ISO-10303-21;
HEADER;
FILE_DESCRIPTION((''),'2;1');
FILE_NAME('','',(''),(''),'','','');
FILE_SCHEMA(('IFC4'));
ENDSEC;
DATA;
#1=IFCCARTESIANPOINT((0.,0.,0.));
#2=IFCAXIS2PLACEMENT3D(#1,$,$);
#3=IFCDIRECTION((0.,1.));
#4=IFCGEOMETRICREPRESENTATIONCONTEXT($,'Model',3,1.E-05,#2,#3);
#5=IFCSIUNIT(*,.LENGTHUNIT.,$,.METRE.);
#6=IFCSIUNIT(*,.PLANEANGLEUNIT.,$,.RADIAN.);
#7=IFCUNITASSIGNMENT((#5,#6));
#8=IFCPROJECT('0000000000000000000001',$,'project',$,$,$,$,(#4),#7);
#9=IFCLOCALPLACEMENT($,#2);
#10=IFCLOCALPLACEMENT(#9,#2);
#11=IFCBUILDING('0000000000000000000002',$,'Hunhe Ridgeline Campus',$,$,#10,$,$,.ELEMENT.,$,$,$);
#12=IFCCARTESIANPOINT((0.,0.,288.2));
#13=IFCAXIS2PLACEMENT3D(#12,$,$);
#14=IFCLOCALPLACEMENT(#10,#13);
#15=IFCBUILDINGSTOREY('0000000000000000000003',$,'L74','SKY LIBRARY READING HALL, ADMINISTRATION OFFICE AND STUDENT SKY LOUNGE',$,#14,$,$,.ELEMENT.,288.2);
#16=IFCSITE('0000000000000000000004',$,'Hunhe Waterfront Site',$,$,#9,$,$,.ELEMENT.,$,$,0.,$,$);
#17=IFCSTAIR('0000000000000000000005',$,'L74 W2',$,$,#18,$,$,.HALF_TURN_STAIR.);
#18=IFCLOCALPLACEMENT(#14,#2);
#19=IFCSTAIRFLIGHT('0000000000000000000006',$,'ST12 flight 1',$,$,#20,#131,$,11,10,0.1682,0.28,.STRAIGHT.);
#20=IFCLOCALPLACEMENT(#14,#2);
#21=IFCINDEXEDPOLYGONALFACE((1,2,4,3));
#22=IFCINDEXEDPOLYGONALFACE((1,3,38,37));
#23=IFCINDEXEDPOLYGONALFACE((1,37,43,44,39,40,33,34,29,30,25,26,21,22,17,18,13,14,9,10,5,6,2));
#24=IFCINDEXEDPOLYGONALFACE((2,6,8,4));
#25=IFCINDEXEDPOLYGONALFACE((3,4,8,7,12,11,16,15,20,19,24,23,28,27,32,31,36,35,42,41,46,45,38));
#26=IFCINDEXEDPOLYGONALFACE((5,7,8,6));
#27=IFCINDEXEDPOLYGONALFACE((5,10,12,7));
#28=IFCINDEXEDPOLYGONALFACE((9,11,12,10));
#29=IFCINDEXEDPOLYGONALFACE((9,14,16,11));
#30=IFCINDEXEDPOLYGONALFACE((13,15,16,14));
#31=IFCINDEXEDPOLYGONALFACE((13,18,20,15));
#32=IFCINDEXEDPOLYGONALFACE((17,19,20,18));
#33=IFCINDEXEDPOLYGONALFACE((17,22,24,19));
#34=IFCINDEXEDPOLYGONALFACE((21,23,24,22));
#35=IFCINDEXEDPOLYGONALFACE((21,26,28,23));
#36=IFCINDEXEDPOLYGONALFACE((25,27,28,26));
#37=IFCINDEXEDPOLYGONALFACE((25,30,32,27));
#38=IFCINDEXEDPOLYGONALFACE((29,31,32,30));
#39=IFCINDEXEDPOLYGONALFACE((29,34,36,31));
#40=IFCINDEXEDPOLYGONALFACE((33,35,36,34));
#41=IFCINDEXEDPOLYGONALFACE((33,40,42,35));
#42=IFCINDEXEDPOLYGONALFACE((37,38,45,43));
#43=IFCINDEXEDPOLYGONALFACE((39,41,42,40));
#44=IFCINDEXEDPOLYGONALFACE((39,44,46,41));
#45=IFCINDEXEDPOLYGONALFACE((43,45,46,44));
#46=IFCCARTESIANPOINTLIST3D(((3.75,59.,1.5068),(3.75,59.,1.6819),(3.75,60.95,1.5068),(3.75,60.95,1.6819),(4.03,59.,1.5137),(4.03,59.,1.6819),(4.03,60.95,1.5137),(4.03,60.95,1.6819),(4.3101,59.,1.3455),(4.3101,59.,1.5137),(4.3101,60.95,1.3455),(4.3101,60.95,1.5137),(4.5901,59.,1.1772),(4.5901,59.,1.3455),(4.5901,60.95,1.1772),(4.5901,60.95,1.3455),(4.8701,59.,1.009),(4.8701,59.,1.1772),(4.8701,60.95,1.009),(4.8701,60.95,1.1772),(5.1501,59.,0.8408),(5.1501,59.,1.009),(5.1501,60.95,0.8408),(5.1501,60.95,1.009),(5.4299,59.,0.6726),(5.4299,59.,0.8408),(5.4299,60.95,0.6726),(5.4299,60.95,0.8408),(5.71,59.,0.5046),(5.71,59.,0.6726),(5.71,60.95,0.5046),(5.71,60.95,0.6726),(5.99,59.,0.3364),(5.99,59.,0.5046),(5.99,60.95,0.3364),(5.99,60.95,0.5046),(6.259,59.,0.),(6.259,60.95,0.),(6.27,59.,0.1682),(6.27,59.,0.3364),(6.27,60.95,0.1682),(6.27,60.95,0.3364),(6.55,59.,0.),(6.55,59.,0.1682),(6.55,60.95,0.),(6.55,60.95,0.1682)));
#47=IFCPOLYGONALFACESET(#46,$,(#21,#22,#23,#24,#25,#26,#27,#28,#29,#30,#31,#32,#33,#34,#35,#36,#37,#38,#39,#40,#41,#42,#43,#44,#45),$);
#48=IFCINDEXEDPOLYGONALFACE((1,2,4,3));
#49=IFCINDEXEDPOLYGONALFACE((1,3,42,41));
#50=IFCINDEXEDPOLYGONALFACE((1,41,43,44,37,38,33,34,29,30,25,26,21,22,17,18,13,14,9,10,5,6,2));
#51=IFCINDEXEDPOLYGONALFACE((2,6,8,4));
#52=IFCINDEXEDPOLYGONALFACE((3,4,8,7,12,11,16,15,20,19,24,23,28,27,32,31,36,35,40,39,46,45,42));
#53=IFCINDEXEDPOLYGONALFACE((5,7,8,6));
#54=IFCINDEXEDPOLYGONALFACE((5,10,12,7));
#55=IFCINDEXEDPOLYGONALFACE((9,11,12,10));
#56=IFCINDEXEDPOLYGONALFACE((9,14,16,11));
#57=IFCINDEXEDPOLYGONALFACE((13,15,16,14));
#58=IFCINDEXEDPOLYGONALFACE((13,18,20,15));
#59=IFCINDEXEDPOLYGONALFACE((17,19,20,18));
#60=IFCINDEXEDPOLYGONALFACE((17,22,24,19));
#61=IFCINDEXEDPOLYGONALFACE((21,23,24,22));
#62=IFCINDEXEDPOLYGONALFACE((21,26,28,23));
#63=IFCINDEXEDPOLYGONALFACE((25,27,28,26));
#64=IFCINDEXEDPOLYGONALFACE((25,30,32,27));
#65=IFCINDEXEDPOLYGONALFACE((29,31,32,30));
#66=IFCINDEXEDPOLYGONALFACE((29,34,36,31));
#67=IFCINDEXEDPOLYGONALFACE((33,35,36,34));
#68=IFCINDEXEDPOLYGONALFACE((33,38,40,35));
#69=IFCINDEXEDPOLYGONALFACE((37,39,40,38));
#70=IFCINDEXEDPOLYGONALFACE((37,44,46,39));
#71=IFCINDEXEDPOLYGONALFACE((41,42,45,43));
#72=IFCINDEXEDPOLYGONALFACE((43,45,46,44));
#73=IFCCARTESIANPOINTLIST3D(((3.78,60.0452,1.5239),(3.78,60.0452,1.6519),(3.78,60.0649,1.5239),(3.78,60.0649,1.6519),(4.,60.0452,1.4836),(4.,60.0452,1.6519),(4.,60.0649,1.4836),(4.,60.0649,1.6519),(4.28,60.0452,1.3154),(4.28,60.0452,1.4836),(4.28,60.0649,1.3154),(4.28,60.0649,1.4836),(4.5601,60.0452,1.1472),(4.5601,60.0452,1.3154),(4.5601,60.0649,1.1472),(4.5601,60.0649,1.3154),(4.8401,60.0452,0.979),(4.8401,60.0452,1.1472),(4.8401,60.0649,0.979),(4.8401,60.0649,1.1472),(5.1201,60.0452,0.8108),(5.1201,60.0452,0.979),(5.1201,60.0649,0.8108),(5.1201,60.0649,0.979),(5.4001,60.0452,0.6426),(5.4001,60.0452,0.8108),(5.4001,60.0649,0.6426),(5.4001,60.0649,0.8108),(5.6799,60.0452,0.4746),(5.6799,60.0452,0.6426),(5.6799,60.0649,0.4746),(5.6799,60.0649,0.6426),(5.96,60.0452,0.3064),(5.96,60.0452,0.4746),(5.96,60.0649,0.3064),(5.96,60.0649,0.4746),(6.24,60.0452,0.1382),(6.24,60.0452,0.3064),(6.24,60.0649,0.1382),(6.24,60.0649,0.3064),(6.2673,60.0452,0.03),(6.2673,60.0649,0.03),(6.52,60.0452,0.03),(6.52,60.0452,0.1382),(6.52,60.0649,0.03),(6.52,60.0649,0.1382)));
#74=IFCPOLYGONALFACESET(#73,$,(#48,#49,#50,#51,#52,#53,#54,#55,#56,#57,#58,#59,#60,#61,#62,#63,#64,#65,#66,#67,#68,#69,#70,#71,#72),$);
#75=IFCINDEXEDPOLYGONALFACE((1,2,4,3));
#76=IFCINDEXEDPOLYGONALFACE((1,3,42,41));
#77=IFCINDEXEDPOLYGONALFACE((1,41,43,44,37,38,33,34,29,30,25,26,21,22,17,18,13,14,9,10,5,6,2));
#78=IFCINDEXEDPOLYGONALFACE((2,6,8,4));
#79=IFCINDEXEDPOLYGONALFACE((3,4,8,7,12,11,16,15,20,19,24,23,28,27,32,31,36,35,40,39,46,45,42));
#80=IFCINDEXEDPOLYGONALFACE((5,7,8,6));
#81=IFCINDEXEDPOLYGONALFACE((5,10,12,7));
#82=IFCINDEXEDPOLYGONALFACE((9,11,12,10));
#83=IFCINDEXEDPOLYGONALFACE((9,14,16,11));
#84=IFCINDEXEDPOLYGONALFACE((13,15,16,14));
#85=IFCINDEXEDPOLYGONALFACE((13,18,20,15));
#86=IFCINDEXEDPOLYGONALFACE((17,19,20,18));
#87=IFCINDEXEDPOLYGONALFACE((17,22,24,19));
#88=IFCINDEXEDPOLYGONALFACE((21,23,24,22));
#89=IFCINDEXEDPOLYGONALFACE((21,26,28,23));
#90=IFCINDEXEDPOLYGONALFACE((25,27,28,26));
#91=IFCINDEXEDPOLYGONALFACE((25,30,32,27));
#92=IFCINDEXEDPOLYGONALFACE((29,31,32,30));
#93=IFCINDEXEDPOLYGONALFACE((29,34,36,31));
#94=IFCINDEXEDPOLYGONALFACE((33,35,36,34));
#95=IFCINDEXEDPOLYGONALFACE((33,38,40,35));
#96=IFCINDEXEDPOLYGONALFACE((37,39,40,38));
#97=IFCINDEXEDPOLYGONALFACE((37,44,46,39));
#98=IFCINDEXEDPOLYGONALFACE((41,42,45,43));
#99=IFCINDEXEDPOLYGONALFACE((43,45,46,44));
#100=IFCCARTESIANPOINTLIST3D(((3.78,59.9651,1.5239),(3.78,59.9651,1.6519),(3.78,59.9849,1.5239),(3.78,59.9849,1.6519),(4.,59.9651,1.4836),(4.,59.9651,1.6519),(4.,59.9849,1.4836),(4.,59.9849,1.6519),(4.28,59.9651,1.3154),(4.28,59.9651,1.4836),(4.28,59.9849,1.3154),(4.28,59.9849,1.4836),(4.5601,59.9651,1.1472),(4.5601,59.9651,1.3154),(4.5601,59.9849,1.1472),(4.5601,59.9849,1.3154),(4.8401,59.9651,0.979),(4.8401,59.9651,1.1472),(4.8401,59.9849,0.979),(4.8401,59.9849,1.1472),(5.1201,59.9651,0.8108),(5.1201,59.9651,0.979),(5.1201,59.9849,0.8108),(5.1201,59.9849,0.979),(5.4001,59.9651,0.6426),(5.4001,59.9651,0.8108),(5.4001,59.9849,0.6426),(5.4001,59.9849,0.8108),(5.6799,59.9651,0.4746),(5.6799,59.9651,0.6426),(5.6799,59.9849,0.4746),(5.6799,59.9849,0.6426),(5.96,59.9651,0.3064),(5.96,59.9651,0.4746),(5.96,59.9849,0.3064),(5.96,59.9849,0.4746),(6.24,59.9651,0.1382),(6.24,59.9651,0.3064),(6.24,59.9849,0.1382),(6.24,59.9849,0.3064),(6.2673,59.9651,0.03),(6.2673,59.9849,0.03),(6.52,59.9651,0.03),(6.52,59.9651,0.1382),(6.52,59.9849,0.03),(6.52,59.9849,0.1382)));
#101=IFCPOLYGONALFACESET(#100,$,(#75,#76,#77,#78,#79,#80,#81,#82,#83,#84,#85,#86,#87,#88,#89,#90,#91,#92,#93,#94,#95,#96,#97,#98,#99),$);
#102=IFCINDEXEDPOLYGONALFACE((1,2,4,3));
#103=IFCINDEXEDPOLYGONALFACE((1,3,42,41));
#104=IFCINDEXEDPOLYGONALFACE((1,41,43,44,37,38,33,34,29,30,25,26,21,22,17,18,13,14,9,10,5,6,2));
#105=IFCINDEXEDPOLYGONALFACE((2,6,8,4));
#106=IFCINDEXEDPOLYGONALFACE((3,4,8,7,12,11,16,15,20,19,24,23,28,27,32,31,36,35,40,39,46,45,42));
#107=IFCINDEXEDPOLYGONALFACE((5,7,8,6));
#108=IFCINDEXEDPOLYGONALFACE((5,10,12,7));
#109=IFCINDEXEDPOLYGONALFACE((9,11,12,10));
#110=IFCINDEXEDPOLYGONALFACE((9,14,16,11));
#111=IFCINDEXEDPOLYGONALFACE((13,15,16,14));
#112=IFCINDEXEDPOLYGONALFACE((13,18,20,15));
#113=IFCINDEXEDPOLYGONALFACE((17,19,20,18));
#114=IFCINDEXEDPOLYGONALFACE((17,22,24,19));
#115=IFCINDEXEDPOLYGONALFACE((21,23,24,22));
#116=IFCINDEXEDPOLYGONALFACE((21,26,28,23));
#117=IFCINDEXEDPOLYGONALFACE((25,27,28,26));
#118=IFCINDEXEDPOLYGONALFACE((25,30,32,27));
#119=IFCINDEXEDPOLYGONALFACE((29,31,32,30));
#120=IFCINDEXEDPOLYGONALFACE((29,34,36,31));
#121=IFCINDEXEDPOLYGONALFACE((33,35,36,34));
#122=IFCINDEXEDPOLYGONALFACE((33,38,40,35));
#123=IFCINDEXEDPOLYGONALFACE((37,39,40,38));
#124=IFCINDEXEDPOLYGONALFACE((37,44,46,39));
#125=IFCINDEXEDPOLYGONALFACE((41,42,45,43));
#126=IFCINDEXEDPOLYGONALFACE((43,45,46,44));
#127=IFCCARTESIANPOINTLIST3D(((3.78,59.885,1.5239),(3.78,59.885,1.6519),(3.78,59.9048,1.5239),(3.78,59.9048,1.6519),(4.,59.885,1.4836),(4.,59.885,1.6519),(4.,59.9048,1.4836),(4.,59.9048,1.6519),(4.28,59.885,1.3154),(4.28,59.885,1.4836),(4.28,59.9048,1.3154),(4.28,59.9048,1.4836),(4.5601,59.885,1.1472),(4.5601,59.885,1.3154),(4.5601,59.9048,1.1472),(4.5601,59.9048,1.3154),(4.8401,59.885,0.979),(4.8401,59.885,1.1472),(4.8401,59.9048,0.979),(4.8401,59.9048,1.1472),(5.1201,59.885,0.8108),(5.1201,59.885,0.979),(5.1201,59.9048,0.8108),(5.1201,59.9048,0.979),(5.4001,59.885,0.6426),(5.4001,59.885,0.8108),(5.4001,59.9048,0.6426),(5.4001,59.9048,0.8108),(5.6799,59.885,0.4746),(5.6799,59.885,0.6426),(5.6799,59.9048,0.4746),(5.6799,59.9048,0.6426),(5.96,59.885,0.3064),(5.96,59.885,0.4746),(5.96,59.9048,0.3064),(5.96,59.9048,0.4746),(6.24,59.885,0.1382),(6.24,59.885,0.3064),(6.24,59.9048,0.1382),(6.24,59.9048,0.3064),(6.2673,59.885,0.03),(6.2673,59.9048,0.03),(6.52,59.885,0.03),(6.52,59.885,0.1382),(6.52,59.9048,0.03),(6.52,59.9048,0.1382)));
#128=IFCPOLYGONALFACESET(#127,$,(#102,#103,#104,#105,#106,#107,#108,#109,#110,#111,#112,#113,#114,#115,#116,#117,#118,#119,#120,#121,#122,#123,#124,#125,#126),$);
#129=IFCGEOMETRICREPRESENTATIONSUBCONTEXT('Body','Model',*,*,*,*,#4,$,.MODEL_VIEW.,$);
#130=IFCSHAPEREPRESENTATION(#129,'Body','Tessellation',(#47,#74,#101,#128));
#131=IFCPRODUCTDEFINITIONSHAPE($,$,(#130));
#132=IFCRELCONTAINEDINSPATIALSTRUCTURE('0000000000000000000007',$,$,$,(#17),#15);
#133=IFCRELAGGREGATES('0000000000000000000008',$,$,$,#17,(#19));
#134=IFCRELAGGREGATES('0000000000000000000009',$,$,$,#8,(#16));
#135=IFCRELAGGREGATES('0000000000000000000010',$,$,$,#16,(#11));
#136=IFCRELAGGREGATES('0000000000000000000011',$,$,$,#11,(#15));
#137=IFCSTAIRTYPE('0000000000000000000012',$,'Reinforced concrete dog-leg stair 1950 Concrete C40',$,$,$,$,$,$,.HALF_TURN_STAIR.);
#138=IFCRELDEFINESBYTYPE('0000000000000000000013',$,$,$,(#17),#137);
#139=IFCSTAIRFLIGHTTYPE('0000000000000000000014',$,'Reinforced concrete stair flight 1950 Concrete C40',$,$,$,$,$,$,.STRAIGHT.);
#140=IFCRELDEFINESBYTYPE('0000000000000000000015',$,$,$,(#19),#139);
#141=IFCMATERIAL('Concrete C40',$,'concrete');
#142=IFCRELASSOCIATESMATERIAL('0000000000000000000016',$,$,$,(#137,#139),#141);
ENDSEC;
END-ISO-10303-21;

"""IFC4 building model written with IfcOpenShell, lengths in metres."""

from ifc_helpers import new_model, si_unit, direction, frame, origin, place, context, subcontext, project, spatial, polyline, outline, extrude, material, type_object, element, aggregate, save


model = new_model("IFC4")

# Units and contexts
model_context = context("Model", 3, precision=1e-05, world=origin(), true_north=direction((0.0, 1.0)))
body_context = subcontext(model_context, "Body", "Model", "MODEL_VIEW")
ifc_project = project(units=[si_unit("LENGTHUNIT", "METRE"), si_unit("PLANEANGLEUNIT", "RADIAN")], contexts=[model_context])

# Site, building, storey
site_placement = place(None, origin())
site = spatial("IfcSite", under=ifc_project, at=site_placement, Name="Hunhe Waterfront Site", CompositionType="ELEMENT", RefElevation=0.0)
building_placement = place(site_placement, origin())
building = spatial("IfcBuilding", under=site, at=building_placement, Name="Hunhe Ridgeline Campus", CompositionType="ELEMENT")
storey_placement = place(building_placement, frame((0.0, 0.0, 288.2)))
storey = spatial("IfcBuildingStorey", under=building, at=storey_placement, Name="L74", Description="SKY LIBRARY READING HALL, ADMINISTRATION OFFICE AND STUDENT SKY LOUNGE", CompositionType="ELEMENT", Elevation=288.2)

# Shared definitions
ifc_material_1 = material(Name="Concrete C40", Category="concrete")
stair_type = type_object("IfcStairType", Name="Reinforced concrete dog-leg stair 1950 Concrete C40", PredefinedType="HALF_TURN_STAIR", material=ifc_material_1)
stair_flight_type = type_object("IfcStairFlightType", Name="Reinforced concrete stair flight 1950 Concrete C40", PredefinedType="STRAIGHT", material=ifc_material_1)

# Stair, stair flight
stair_1_placement = place(storey_placement, origin())
stair_1 = element("IfcStair", 1, at=stair_1_placement, inside=storey, type_object=stair_type, Name="L74 W2", PredefinedType="HALF_TURN_STAIR")
stair_flight_1_placement = place(storey_placement, frame((6.55, 59.9751, 0.0), z_axis=(0.0, 0.0, 1.0), x_axis=(-1.0, 0.0, 0.0)))
stair_flight_1 = element("IfcStairFlight", 2, at=stair_flight_1_placement, type_object=stair_flight_type, Name="ST12 flight 1", NumberOfRisers=11, NumberOfTreads=10, PredefinedType="STRAIGHT", RiserHeight=0.1682, TreadLength=0.28, context=body_context, shape_type="SweptSolid", body=[
    extrude(outline(polyline([(0.0, 0.0), (0.0, 0.1682), (0.28, 0.1682), (0.28, 0.3364), (0.5601, 0.3364), (0.5601, 0.5046), (0.8401, 0.5046), (0.8401, 0.6726), (1.1201, 0.6726), (1.1201, 0.8408), (1.3999, 0.8408), (1.3999, 1.009), (1.6799, 1.009), (1.6799, 1.1772), (1.96, 1.1772), (1.96, 1.3455), (2.24, 1.3455), (2.24, 1.5137), (2.52, 1.5137), (2.52, 1.6819), (2.8, 1.6819), (2.8, 1.8501), (2.8, 1.5068), (0.291, 0.0), (0.0, 0.0)])), frame((0.0, 0.9751, 0.0), z_axis=(0.0, -1.0, 0.0), x_axis=(1.0, 0.0, 0.0)), (0.0, 0.0, 1.0), 1.95),
    extrude(outline(polyline([(0.03, 0.03), (0.03, 0.1382), (0.3101, 0.1382), (0.3101, 0.3064), (0.5901, 0.3064), (0.5901, 0.4746), (0.8701, 0.4746), (0.8701, 0.6426), (1.1499, 0.6426), (1.1499, 0.8108), (1.4299, 0.8108), (1.4299, 0.979), (1.71, 0.979), (1.71, 1.1472), (1.99, 1.1472), (1.99, 1.3154), (2.27, 1.3154), (2.27, 1.4836), (2.55, 1.4836), (2.55, 1.6519), (2.77, 1.6519), (2.77, 1.5239), (0.2827, 0.03), (0.03, 0.03)])), frame((0.0, -0.0701, 0.0), z_axis=(0.0, -1.0, 0.0), x_axis=(1.0, 0.0, 0.0)), (0.0, 0.0, 1.0), 0.0198),
    extrude(outline(polyline([(0.03, 0.03), (0.03, 0.1382), (0.3101, 0.1382), (0.3101, 0.3064), (0.5901, 0.3064), (0.5901, 0.4746), (0.8701, 0.4746), (0.8701, 0.6426), (1.1499, 0.6426), (1.1499, 0.8108), (1.4299, 0.8108), (1.4299, 0.979), (1.71, 0.979), (1.71, 1.1472), (1.99, 1.1472), (1.99, 1.3154), (2.27, 1.3154), (2.27, 1.4836), (2.55, 1.4836), (2.55, 1.6519), (2.77, 1.6519), (2.77, 1.5239), (0.2827, 0.03), (0.03, 0.03)])), frame((0.0, 0.01, 0.0), z_axis=(0.0, -1.0, 0.0), x_axis=(1.0, 0.0, 0.0)), (0.0, 0.0, 1.0), 0.0198),
    extrude(outline(polyline([(0.03, 0.03), (0.03, 0.1382), (0.3101, 0.1382), (0.3101, 0.3064), (0.5901, 0.3064), (0.5901, 0.4746), (0.8701, 0.4746), (0.8701, 0.6426), (1.1499, 0.6426), (1.1499, 0.8108), (1.4299, 0.8108), (1.4299, 0.979), (1.71, 0.979), (1.71, 1.1472), (1.99, 1.1472), (1.99, 1.3154), (2.27, 1.3154), (2.27, 1.4836), (2.55, 1.4836), (2.55, 1.6519), (2.77, 1.6519), (2.77, 1.5239), (0.2827, 0.03), (0.03, 0.03)])), frame((0.0, 0.0901, 0.0), z_axis=(0.0, -1.0, 0.0), x_axis=(1.0, 0.0, 0.0)), (0.0, 0.0, 1.0), 0.0198),
])
aggregate(stair_1, [stair_flight_1])

save(model, "model.ifc")
